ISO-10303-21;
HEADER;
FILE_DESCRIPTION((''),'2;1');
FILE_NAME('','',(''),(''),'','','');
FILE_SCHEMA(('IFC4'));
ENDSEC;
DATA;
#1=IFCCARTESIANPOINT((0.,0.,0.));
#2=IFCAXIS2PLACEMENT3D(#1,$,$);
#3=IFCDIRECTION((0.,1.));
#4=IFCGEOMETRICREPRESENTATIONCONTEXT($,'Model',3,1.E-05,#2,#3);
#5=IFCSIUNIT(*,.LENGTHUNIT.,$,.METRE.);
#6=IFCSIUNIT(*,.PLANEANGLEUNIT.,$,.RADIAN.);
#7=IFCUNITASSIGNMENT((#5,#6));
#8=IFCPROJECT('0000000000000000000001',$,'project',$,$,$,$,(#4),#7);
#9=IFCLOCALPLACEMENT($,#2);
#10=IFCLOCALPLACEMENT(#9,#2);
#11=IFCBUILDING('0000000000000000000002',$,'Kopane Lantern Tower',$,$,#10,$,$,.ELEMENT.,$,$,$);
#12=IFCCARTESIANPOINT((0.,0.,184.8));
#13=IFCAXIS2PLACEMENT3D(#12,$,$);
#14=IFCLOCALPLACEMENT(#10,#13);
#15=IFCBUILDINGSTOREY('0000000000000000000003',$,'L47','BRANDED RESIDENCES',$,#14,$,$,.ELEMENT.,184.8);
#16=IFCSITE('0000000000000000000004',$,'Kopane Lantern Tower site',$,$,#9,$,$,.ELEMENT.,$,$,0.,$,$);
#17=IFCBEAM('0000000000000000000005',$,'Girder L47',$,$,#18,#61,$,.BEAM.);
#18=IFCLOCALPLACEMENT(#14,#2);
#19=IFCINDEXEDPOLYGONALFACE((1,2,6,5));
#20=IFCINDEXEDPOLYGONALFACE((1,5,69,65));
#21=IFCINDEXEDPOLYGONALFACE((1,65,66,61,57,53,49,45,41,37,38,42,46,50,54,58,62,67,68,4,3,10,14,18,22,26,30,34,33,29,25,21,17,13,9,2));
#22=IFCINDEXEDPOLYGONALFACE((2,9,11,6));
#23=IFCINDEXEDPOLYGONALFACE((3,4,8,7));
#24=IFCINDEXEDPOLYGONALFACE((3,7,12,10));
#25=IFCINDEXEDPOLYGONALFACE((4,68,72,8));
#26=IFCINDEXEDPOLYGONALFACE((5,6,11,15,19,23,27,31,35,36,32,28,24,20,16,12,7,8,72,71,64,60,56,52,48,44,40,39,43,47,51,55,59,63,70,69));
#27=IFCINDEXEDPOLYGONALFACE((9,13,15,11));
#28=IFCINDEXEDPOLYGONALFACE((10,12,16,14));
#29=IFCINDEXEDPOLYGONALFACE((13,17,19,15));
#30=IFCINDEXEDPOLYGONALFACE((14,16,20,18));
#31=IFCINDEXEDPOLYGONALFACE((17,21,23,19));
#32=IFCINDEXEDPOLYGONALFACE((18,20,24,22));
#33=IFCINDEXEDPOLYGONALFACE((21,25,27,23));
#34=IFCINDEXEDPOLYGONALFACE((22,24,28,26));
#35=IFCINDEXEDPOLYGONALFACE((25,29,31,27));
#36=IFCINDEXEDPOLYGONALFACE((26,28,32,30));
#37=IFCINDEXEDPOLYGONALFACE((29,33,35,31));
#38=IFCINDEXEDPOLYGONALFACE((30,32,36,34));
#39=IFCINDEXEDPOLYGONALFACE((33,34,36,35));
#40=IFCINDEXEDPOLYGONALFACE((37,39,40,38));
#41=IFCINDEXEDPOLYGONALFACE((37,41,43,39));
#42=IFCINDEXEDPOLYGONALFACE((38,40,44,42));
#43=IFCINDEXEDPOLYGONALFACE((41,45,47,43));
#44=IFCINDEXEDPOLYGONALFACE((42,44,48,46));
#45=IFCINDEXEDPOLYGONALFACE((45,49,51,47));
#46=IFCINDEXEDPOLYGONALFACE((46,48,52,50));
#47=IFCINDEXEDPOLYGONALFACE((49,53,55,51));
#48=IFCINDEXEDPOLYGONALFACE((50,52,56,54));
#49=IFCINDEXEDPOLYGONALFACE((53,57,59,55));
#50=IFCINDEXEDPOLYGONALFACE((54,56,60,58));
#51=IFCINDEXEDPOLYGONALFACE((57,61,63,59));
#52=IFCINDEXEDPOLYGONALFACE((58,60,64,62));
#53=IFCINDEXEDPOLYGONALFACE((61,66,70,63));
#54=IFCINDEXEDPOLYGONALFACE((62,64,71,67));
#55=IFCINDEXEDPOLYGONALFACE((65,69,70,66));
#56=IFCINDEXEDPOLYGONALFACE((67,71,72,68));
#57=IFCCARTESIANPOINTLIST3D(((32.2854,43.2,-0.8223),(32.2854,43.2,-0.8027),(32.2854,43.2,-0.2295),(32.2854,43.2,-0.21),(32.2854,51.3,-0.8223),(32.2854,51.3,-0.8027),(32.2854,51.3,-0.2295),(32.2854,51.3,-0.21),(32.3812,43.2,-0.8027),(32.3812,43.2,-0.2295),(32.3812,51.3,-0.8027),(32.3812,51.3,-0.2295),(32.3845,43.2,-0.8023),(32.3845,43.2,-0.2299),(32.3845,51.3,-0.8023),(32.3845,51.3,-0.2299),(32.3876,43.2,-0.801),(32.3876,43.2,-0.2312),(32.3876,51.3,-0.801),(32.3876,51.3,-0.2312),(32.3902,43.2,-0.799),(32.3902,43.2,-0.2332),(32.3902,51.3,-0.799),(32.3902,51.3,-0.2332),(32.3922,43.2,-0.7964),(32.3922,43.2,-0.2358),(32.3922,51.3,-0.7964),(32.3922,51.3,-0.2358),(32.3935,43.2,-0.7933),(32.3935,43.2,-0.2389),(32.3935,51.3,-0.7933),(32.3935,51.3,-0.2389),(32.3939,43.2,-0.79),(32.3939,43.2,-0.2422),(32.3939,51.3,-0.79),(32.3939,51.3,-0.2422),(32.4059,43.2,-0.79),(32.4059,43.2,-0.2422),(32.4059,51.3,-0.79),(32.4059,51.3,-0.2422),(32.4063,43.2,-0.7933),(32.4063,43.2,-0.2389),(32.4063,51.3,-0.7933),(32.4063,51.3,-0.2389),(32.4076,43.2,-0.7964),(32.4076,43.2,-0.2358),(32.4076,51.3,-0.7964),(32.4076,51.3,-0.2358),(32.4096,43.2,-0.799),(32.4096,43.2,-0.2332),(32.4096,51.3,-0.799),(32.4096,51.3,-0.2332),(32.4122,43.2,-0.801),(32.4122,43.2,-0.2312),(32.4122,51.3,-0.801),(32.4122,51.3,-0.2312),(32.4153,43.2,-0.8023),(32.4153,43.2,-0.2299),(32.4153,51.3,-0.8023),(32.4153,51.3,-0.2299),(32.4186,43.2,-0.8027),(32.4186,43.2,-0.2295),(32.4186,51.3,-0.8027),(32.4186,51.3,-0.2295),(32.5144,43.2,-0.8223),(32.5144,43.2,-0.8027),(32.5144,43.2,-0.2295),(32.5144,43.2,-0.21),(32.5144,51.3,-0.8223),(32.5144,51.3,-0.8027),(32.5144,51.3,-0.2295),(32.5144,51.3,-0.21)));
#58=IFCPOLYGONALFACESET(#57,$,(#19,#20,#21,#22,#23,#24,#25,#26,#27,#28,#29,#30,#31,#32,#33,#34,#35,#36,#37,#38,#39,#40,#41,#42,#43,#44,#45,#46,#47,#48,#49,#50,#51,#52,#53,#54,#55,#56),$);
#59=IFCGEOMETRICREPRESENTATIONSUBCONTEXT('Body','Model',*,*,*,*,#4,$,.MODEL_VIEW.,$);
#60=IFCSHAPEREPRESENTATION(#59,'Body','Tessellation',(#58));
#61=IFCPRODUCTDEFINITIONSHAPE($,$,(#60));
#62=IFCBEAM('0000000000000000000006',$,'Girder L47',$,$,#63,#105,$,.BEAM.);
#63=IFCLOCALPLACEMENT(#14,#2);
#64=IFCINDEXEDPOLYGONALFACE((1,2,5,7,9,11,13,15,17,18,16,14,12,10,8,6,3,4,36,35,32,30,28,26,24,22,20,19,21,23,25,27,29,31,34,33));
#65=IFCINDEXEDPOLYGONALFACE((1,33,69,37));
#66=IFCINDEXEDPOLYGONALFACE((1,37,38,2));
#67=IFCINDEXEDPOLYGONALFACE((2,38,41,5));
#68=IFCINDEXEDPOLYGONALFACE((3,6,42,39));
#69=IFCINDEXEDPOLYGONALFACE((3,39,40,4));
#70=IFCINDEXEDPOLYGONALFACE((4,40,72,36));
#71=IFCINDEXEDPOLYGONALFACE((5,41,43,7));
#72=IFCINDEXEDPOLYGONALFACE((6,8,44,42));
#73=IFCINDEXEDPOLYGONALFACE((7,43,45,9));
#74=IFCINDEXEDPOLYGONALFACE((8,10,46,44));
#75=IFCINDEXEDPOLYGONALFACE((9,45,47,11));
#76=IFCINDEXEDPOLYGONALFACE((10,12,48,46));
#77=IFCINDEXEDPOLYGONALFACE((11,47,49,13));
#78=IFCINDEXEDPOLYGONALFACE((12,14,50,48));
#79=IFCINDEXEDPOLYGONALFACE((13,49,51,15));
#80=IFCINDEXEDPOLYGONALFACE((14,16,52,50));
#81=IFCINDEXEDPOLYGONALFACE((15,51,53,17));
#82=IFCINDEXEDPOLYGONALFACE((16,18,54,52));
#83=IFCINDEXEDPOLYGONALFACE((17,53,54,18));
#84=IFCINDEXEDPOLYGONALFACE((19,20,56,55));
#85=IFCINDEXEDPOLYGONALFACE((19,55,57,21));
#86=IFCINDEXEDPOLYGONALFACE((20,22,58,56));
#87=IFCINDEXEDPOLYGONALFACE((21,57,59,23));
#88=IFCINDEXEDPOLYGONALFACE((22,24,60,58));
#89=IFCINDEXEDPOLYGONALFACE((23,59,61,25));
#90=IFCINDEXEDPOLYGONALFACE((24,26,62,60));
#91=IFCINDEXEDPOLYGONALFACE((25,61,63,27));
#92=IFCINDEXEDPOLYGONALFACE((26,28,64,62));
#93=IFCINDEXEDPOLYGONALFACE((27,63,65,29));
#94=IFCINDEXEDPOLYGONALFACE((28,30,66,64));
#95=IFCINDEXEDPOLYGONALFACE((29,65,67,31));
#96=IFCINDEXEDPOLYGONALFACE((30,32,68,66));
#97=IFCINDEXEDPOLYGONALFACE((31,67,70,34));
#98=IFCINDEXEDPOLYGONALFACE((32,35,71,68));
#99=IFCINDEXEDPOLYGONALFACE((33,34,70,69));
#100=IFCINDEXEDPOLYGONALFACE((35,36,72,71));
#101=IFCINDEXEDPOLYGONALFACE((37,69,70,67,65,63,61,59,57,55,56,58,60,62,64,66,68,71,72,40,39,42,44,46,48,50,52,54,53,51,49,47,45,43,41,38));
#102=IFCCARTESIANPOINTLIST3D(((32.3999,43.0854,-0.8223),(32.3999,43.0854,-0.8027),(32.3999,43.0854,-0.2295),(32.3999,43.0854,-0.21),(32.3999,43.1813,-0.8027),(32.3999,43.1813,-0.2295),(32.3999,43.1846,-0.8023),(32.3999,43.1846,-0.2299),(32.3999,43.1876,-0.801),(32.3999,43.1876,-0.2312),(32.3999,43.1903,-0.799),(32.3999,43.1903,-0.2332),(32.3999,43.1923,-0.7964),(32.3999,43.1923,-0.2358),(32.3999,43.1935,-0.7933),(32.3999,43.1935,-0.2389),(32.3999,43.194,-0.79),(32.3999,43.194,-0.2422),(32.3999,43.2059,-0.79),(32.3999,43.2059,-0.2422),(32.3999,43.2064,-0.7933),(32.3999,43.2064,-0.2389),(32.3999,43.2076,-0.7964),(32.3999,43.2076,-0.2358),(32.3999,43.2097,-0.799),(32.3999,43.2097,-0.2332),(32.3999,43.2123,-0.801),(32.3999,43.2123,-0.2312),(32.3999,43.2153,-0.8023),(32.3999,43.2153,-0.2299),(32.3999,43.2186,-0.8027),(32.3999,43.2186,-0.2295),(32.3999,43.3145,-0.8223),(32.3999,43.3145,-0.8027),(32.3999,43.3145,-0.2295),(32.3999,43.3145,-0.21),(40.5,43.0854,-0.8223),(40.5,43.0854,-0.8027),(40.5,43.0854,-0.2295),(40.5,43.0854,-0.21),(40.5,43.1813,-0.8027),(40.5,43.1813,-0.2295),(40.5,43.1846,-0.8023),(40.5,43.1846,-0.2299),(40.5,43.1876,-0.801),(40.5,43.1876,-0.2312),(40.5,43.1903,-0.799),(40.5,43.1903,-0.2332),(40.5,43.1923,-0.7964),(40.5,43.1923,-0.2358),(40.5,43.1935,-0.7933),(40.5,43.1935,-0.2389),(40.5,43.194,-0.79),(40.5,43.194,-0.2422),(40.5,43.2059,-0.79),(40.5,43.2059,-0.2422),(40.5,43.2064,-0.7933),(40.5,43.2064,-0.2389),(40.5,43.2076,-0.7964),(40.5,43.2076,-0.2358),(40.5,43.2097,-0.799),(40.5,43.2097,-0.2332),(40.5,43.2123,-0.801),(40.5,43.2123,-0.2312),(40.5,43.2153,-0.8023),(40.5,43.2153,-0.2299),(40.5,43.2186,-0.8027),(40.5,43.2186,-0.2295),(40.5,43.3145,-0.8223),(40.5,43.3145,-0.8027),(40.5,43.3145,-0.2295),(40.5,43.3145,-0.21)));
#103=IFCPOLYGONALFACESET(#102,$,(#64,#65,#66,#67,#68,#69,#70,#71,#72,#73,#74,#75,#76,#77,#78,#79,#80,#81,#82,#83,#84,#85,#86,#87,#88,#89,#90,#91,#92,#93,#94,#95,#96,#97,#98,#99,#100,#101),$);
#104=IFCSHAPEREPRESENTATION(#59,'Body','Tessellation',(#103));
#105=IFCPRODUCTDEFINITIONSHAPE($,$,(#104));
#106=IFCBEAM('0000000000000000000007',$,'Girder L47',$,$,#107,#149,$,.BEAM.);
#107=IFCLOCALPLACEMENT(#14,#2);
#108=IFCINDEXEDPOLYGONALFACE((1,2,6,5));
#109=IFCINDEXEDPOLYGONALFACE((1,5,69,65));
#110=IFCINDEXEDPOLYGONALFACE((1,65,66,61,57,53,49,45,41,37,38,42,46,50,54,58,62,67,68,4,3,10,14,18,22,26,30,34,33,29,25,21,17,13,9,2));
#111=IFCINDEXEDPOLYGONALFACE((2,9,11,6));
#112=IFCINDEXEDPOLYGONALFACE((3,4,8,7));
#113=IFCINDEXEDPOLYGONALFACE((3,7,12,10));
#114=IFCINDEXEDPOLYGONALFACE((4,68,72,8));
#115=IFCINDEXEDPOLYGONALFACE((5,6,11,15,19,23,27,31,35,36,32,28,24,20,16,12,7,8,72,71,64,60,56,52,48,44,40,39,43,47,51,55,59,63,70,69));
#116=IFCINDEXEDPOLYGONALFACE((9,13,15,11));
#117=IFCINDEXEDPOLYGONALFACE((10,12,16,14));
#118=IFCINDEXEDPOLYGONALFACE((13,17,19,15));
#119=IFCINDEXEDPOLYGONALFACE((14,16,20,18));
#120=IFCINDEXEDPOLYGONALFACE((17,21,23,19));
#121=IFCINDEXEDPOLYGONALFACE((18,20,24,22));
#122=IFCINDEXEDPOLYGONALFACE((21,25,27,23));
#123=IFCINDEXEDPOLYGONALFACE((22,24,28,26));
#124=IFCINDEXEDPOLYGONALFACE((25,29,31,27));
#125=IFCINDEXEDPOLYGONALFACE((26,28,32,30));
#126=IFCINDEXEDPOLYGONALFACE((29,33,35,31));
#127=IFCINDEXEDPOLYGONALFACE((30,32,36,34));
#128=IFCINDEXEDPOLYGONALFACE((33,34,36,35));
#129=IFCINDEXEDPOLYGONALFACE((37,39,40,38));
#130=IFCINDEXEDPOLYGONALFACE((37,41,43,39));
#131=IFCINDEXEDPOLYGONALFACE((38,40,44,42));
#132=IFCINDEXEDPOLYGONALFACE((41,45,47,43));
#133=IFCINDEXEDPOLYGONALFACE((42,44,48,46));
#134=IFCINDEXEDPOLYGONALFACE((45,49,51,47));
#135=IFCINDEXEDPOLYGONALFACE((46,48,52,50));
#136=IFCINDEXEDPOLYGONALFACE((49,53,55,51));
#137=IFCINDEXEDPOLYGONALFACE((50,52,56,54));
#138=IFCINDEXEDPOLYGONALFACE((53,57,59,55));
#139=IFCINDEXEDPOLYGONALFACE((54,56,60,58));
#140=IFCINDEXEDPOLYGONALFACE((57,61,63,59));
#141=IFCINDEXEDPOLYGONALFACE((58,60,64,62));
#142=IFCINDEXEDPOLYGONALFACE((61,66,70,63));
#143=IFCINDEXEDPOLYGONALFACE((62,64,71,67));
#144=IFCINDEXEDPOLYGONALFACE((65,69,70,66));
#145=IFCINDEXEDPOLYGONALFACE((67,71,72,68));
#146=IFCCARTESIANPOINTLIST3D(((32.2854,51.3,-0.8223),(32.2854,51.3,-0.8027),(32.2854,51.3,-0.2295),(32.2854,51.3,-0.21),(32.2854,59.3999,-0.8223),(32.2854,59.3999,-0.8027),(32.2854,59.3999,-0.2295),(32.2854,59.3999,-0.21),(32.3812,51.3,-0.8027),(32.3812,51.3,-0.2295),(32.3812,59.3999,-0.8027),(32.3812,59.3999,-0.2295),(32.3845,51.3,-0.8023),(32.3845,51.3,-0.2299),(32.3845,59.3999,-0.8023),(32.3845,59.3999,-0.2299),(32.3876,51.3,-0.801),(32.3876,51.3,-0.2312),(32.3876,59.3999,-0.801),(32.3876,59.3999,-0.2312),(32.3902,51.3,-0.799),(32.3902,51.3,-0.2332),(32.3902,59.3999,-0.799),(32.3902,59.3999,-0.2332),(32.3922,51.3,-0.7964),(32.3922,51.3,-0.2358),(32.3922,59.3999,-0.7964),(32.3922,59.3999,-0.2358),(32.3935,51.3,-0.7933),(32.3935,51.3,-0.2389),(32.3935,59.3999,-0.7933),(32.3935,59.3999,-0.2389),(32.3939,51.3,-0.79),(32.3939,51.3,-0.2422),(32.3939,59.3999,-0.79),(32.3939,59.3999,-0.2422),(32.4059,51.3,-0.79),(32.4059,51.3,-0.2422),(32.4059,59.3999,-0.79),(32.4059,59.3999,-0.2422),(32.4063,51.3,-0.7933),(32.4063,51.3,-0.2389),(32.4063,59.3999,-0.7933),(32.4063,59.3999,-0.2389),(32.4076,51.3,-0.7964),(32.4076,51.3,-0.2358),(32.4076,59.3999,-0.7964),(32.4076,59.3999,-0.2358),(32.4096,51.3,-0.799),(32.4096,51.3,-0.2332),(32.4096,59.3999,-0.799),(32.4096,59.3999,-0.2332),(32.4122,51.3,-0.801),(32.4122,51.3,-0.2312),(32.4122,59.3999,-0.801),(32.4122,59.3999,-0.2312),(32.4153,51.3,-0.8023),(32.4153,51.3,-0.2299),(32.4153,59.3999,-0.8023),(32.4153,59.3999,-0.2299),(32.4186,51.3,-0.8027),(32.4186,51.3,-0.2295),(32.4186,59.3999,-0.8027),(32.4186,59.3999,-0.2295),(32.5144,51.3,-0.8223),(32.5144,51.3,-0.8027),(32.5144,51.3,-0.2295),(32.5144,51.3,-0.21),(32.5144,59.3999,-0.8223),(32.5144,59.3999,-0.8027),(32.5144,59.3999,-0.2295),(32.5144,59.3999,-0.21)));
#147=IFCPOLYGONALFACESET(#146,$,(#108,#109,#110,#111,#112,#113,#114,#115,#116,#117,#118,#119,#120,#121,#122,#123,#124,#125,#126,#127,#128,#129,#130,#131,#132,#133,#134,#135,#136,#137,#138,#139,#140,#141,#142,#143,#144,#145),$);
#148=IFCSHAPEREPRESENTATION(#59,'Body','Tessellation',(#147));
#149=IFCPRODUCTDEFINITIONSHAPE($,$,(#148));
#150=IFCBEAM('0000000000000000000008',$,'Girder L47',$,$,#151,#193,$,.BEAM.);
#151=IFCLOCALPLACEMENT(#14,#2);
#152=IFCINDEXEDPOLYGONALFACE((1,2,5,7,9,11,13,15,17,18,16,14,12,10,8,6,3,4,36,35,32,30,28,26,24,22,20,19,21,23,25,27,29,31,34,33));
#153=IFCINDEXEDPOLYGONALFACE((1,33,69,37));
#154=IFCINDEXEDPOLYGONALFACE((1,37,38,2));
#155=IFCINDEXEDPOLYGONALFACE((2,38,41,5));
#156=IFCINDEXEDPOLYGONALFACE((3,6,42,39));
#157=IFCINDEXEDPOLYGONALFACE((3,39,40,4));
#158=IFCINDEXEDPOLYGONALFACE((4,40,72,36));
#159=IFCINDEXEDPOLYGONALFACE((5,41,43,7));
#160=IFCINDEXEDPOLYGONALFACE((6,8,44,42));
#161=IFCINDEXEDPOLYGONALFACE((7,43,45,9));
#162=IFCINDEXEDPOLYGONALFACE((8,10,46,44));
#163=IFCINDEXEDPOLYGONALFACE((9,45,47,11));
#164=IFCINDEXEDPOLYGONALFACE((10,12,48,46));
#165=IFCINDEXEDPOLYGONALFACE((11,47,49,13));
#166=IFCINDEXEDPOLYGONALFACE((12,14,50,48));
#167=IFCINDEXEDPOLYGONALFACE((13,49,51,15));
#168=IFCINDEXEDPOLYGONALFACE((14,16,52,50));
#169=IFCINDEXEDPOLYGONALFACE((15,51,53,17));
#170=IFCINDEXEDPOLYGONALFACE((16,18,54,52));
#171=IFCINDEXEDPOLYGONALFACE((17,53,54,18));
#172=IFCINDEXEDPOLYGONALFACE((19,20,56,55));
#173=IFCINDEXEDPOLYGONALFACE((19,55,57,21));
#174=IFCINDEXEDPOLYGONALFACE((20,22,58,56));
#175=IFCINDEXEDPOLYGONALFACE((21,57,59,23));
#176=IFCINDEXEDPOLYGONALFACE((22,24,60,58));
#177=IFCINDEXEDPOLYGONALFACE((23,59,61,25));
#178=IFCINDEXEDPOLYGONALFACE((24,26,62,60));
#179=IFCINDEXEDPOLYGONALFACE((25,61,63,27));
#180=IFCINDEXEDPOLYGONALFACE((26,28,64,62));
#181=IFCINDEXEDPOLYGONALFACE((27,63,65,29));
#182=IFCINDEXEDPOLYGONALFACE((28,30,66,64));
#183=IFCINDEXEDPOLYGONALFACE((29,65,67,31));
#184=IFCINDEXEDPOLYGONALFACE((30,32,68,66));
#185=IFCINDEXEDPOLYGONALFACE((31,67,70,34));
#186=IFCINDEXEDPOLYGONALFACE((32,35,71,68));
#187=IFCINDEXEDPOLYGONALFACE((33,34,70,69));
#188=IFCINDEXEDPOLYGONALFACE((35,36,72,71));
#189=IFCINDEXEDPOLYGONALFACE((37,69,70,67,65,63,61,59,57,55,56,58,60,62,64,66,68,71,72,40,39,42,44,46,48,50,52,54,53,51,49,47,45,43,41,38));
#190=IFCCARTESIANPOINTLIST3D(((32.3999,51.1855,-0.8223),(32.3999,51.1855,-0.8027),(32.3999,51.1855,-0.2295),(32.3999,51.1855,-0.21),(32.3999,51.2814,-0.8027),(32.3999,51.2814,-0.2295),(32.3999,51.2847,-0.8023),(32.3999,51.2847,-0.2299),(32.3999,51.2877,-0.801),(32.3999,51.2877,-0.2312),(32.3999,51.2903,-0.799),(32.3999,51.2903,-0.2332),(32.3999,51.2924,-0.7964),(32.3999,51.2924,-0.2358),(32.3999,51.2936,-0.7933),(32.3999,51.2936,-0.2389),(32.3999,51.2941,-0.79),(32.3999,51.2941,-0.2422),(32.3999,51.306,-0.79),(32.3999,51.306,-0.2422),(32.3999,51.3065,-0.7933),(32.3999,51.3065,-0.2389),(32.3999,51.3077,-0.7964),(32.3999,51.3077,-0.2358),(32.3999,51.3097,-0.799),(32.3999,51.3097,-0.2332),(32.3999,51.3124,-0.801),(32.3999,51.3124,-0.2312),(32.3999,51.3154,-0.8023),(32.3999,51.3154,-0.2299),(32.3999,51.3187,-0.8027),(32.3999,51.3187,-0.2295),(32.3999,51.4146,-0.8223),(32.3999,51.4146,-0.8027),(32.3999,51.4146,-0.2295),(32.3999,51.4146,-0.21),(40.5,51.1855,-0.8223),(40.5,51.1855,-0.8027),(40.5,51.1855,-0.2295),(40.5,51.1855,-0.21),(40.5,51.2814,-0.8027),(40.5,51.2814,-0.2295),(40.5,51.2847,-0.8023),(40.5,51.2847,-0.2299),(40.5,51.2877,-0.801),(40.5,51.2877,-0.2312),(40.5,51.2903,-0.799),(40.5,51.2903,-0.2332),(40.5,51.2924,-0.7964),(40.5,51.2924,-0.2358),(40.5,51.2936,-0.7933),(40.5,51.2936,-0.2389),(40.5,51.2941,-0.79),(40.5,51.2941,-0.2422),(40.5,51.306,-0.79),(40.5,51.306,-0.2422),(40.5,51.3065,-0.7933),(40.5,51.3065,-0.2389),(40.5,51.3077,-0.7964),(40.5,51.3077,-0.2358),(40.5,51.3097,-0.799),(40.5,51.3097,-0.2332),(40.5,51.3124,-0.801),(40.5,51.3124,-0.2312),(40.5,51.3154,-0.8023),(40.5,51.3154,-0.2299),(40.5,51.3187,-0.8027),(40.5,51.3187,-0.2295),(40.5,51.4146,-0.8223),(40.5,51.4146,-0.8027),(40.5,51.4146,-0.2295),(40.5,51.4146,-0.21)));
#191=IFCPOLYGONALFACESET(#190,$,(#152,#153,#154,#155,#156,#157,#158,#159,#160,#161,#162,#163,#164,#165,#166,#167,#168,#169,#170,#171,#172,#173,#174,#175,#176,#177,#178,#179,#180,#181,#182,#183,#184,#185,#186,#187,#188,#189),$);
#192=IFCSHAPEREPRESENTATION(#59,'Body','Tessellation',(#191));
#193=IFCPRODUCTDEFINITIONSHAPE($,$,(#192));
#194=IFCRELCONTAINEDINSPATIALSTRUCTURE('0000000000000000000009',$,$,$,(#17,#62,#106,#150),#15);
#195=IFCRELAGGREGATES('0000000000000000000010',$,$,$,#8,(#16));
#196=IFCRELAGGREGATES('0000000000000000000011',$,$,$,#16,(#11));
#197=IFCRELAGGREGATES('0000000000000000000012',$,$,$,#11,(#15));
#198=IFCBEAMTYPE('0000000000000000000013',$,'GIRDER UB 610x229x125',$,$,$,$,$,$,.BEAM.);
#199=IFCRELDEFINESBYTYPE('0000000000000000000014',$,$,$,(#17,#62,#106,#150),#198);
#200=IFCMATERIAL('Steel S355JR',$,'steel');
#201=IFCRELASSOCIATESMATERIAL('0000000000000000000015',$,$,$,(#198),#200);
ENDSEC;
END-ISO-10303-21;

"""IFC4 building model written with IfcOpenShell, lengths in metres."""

from ifc_helpers import new_model, si_unit, direction, frame, origin, origin_2d, place, context, subcontext, project, spatial, i_section, extrude, material, material_profile, profile_set, type_object, element, save


model = new_model("IFC4")

# Units and contexts
model_context = context("Model", 3, precision=1e-05, world=origin(), true_north=direction((0.0, 1.0)))
body_context = subcontext(model_context, "Body", "Model", "MODEL_VIEW")
ifc_project = project(units=[si_unit("LENGTHUNIT", "METRE"), si_unit("PLANEANGLEUNIT", "RADIAN")], contexts=[model_context])

# Site, building, storey
site_placement = place(None, origin())
site = spatial("IfcSite", under=ifc_project, at=site_placement, Name="Kopane Lantern Tower site", CompositionType="ELEMENT", RefElevation=0.0)
building_placement = place(site_placement, origin())
building = spatial("IfcBuilding", under=site, at=building_placement, Name="Kopane Lantern Tower", CompositionType="ELEMENT")
storey_placement = place(building_placement, frame((0.0, 0.0, 184.8)))
storey = spatial("IfcBuildingStorey", under=building, at=storey_placement, Name="L47", Description="BRANDED RESIDENCES", CompositionType="ELEMENT", Elevation=184.8)

# Beams
ifc_material_1 = material(Name="Steel S355JR", Category="steel")
ifc_material_profile_1 = material_profile(ifc_material_1, i_section(OverallWidth=0.229, OverallDepth=0.6123, WebThickness=0.012, FlangeThickness=0.0195, FilletRadius=0.0127, at=origin_2d()), Name="UB 610x229x125")
ifc_profile_set_1 = profile_set([ifc_material_profile_1], Name="Steel S355JR")
beam_type_1 = type_object("IfcBeamType", Name="GIRDER UB 610x229x125", PredefinedType="BEAM", material=ifc_profile_set_1)
for number, where, z_axis, x_axis, name in (
    (1, (32.3999, 43.2, -0.5161), (0.0, 1.0, 0.0), (-1.0, 0.0, 0.0), "Girder L47"),
    (2, (32.3999, 43.2, -0.5161), (1.0, 0.0, 0.0), (0.0, 1.0, 0.0), "Girder L47"),
):
    element("IfcBeam", number, at=place(storey_placement, frame(where, z_axis=z_axis, x_axis=x_axis)), inside=storey, type_object=beam_type_1, Name=name, PredefinedType="BEAM", context=body_context, shape_type="SweptSolid", body=[
        extrude(i_section(OverallWidth=0.229, OverallDepth=0.6123, WebThickness=0.012, FlangeThickness=0.0195, FilletRadius=0.0127, at=origin_2d()), origin(), (0.0, 0.0, 1.0), 8.1001),
    ])
beam_1_placement = place(storey_placement, frame((32.3999, 51.3, -0.5161), z_axis=(0.0, 1.0, 0.0), x_axis=(-1.0, 0.0, 0.0)))
element("IfcBeam", 3, at=beam_1_placement, inside=storey, type_object=beam_type_1, Name="Girder L47", PredefinedType="BEAM", context=body_context, shape_type="SweptSolid", body=[
    extrude(i_section(OverallWidth=0.229, OverallDepth=0.6123, WebThickness=0.012, FlangeThickness=0.0195, FilletRadius=0.0127, at=origin_2d()), origin(), (0.0, 0.0, 1.0), 8.0999),
])
for number, where, z_axis, x_axis, name in (
    (4, (32.3999, 51.3, -0.5161), (1.0, 0.0, 0.0), (0.0, 1.0, 0.0), "Girder L47"),
):
    element("IfcBeam", number, at=place(storey_placement, frame(where, z_axis=z_axis, x_axis=x_axis)), inside=storey, type_object=beam_type_1, Name=name, PredefinedType="BEAM", context=body_context, shape_type="SweptSolid", body=[
        extrude(i_section(OverallWidth=0.229, OverallDepth=0.6123, WebThickness=0.012, FlangeThickness=0.0195, FilletRadius=0.0127, at=origin_2d()), origin(), (0.0, 0.0, 1.0), 8.1001),
    ])

save(model, "model.ifc")
